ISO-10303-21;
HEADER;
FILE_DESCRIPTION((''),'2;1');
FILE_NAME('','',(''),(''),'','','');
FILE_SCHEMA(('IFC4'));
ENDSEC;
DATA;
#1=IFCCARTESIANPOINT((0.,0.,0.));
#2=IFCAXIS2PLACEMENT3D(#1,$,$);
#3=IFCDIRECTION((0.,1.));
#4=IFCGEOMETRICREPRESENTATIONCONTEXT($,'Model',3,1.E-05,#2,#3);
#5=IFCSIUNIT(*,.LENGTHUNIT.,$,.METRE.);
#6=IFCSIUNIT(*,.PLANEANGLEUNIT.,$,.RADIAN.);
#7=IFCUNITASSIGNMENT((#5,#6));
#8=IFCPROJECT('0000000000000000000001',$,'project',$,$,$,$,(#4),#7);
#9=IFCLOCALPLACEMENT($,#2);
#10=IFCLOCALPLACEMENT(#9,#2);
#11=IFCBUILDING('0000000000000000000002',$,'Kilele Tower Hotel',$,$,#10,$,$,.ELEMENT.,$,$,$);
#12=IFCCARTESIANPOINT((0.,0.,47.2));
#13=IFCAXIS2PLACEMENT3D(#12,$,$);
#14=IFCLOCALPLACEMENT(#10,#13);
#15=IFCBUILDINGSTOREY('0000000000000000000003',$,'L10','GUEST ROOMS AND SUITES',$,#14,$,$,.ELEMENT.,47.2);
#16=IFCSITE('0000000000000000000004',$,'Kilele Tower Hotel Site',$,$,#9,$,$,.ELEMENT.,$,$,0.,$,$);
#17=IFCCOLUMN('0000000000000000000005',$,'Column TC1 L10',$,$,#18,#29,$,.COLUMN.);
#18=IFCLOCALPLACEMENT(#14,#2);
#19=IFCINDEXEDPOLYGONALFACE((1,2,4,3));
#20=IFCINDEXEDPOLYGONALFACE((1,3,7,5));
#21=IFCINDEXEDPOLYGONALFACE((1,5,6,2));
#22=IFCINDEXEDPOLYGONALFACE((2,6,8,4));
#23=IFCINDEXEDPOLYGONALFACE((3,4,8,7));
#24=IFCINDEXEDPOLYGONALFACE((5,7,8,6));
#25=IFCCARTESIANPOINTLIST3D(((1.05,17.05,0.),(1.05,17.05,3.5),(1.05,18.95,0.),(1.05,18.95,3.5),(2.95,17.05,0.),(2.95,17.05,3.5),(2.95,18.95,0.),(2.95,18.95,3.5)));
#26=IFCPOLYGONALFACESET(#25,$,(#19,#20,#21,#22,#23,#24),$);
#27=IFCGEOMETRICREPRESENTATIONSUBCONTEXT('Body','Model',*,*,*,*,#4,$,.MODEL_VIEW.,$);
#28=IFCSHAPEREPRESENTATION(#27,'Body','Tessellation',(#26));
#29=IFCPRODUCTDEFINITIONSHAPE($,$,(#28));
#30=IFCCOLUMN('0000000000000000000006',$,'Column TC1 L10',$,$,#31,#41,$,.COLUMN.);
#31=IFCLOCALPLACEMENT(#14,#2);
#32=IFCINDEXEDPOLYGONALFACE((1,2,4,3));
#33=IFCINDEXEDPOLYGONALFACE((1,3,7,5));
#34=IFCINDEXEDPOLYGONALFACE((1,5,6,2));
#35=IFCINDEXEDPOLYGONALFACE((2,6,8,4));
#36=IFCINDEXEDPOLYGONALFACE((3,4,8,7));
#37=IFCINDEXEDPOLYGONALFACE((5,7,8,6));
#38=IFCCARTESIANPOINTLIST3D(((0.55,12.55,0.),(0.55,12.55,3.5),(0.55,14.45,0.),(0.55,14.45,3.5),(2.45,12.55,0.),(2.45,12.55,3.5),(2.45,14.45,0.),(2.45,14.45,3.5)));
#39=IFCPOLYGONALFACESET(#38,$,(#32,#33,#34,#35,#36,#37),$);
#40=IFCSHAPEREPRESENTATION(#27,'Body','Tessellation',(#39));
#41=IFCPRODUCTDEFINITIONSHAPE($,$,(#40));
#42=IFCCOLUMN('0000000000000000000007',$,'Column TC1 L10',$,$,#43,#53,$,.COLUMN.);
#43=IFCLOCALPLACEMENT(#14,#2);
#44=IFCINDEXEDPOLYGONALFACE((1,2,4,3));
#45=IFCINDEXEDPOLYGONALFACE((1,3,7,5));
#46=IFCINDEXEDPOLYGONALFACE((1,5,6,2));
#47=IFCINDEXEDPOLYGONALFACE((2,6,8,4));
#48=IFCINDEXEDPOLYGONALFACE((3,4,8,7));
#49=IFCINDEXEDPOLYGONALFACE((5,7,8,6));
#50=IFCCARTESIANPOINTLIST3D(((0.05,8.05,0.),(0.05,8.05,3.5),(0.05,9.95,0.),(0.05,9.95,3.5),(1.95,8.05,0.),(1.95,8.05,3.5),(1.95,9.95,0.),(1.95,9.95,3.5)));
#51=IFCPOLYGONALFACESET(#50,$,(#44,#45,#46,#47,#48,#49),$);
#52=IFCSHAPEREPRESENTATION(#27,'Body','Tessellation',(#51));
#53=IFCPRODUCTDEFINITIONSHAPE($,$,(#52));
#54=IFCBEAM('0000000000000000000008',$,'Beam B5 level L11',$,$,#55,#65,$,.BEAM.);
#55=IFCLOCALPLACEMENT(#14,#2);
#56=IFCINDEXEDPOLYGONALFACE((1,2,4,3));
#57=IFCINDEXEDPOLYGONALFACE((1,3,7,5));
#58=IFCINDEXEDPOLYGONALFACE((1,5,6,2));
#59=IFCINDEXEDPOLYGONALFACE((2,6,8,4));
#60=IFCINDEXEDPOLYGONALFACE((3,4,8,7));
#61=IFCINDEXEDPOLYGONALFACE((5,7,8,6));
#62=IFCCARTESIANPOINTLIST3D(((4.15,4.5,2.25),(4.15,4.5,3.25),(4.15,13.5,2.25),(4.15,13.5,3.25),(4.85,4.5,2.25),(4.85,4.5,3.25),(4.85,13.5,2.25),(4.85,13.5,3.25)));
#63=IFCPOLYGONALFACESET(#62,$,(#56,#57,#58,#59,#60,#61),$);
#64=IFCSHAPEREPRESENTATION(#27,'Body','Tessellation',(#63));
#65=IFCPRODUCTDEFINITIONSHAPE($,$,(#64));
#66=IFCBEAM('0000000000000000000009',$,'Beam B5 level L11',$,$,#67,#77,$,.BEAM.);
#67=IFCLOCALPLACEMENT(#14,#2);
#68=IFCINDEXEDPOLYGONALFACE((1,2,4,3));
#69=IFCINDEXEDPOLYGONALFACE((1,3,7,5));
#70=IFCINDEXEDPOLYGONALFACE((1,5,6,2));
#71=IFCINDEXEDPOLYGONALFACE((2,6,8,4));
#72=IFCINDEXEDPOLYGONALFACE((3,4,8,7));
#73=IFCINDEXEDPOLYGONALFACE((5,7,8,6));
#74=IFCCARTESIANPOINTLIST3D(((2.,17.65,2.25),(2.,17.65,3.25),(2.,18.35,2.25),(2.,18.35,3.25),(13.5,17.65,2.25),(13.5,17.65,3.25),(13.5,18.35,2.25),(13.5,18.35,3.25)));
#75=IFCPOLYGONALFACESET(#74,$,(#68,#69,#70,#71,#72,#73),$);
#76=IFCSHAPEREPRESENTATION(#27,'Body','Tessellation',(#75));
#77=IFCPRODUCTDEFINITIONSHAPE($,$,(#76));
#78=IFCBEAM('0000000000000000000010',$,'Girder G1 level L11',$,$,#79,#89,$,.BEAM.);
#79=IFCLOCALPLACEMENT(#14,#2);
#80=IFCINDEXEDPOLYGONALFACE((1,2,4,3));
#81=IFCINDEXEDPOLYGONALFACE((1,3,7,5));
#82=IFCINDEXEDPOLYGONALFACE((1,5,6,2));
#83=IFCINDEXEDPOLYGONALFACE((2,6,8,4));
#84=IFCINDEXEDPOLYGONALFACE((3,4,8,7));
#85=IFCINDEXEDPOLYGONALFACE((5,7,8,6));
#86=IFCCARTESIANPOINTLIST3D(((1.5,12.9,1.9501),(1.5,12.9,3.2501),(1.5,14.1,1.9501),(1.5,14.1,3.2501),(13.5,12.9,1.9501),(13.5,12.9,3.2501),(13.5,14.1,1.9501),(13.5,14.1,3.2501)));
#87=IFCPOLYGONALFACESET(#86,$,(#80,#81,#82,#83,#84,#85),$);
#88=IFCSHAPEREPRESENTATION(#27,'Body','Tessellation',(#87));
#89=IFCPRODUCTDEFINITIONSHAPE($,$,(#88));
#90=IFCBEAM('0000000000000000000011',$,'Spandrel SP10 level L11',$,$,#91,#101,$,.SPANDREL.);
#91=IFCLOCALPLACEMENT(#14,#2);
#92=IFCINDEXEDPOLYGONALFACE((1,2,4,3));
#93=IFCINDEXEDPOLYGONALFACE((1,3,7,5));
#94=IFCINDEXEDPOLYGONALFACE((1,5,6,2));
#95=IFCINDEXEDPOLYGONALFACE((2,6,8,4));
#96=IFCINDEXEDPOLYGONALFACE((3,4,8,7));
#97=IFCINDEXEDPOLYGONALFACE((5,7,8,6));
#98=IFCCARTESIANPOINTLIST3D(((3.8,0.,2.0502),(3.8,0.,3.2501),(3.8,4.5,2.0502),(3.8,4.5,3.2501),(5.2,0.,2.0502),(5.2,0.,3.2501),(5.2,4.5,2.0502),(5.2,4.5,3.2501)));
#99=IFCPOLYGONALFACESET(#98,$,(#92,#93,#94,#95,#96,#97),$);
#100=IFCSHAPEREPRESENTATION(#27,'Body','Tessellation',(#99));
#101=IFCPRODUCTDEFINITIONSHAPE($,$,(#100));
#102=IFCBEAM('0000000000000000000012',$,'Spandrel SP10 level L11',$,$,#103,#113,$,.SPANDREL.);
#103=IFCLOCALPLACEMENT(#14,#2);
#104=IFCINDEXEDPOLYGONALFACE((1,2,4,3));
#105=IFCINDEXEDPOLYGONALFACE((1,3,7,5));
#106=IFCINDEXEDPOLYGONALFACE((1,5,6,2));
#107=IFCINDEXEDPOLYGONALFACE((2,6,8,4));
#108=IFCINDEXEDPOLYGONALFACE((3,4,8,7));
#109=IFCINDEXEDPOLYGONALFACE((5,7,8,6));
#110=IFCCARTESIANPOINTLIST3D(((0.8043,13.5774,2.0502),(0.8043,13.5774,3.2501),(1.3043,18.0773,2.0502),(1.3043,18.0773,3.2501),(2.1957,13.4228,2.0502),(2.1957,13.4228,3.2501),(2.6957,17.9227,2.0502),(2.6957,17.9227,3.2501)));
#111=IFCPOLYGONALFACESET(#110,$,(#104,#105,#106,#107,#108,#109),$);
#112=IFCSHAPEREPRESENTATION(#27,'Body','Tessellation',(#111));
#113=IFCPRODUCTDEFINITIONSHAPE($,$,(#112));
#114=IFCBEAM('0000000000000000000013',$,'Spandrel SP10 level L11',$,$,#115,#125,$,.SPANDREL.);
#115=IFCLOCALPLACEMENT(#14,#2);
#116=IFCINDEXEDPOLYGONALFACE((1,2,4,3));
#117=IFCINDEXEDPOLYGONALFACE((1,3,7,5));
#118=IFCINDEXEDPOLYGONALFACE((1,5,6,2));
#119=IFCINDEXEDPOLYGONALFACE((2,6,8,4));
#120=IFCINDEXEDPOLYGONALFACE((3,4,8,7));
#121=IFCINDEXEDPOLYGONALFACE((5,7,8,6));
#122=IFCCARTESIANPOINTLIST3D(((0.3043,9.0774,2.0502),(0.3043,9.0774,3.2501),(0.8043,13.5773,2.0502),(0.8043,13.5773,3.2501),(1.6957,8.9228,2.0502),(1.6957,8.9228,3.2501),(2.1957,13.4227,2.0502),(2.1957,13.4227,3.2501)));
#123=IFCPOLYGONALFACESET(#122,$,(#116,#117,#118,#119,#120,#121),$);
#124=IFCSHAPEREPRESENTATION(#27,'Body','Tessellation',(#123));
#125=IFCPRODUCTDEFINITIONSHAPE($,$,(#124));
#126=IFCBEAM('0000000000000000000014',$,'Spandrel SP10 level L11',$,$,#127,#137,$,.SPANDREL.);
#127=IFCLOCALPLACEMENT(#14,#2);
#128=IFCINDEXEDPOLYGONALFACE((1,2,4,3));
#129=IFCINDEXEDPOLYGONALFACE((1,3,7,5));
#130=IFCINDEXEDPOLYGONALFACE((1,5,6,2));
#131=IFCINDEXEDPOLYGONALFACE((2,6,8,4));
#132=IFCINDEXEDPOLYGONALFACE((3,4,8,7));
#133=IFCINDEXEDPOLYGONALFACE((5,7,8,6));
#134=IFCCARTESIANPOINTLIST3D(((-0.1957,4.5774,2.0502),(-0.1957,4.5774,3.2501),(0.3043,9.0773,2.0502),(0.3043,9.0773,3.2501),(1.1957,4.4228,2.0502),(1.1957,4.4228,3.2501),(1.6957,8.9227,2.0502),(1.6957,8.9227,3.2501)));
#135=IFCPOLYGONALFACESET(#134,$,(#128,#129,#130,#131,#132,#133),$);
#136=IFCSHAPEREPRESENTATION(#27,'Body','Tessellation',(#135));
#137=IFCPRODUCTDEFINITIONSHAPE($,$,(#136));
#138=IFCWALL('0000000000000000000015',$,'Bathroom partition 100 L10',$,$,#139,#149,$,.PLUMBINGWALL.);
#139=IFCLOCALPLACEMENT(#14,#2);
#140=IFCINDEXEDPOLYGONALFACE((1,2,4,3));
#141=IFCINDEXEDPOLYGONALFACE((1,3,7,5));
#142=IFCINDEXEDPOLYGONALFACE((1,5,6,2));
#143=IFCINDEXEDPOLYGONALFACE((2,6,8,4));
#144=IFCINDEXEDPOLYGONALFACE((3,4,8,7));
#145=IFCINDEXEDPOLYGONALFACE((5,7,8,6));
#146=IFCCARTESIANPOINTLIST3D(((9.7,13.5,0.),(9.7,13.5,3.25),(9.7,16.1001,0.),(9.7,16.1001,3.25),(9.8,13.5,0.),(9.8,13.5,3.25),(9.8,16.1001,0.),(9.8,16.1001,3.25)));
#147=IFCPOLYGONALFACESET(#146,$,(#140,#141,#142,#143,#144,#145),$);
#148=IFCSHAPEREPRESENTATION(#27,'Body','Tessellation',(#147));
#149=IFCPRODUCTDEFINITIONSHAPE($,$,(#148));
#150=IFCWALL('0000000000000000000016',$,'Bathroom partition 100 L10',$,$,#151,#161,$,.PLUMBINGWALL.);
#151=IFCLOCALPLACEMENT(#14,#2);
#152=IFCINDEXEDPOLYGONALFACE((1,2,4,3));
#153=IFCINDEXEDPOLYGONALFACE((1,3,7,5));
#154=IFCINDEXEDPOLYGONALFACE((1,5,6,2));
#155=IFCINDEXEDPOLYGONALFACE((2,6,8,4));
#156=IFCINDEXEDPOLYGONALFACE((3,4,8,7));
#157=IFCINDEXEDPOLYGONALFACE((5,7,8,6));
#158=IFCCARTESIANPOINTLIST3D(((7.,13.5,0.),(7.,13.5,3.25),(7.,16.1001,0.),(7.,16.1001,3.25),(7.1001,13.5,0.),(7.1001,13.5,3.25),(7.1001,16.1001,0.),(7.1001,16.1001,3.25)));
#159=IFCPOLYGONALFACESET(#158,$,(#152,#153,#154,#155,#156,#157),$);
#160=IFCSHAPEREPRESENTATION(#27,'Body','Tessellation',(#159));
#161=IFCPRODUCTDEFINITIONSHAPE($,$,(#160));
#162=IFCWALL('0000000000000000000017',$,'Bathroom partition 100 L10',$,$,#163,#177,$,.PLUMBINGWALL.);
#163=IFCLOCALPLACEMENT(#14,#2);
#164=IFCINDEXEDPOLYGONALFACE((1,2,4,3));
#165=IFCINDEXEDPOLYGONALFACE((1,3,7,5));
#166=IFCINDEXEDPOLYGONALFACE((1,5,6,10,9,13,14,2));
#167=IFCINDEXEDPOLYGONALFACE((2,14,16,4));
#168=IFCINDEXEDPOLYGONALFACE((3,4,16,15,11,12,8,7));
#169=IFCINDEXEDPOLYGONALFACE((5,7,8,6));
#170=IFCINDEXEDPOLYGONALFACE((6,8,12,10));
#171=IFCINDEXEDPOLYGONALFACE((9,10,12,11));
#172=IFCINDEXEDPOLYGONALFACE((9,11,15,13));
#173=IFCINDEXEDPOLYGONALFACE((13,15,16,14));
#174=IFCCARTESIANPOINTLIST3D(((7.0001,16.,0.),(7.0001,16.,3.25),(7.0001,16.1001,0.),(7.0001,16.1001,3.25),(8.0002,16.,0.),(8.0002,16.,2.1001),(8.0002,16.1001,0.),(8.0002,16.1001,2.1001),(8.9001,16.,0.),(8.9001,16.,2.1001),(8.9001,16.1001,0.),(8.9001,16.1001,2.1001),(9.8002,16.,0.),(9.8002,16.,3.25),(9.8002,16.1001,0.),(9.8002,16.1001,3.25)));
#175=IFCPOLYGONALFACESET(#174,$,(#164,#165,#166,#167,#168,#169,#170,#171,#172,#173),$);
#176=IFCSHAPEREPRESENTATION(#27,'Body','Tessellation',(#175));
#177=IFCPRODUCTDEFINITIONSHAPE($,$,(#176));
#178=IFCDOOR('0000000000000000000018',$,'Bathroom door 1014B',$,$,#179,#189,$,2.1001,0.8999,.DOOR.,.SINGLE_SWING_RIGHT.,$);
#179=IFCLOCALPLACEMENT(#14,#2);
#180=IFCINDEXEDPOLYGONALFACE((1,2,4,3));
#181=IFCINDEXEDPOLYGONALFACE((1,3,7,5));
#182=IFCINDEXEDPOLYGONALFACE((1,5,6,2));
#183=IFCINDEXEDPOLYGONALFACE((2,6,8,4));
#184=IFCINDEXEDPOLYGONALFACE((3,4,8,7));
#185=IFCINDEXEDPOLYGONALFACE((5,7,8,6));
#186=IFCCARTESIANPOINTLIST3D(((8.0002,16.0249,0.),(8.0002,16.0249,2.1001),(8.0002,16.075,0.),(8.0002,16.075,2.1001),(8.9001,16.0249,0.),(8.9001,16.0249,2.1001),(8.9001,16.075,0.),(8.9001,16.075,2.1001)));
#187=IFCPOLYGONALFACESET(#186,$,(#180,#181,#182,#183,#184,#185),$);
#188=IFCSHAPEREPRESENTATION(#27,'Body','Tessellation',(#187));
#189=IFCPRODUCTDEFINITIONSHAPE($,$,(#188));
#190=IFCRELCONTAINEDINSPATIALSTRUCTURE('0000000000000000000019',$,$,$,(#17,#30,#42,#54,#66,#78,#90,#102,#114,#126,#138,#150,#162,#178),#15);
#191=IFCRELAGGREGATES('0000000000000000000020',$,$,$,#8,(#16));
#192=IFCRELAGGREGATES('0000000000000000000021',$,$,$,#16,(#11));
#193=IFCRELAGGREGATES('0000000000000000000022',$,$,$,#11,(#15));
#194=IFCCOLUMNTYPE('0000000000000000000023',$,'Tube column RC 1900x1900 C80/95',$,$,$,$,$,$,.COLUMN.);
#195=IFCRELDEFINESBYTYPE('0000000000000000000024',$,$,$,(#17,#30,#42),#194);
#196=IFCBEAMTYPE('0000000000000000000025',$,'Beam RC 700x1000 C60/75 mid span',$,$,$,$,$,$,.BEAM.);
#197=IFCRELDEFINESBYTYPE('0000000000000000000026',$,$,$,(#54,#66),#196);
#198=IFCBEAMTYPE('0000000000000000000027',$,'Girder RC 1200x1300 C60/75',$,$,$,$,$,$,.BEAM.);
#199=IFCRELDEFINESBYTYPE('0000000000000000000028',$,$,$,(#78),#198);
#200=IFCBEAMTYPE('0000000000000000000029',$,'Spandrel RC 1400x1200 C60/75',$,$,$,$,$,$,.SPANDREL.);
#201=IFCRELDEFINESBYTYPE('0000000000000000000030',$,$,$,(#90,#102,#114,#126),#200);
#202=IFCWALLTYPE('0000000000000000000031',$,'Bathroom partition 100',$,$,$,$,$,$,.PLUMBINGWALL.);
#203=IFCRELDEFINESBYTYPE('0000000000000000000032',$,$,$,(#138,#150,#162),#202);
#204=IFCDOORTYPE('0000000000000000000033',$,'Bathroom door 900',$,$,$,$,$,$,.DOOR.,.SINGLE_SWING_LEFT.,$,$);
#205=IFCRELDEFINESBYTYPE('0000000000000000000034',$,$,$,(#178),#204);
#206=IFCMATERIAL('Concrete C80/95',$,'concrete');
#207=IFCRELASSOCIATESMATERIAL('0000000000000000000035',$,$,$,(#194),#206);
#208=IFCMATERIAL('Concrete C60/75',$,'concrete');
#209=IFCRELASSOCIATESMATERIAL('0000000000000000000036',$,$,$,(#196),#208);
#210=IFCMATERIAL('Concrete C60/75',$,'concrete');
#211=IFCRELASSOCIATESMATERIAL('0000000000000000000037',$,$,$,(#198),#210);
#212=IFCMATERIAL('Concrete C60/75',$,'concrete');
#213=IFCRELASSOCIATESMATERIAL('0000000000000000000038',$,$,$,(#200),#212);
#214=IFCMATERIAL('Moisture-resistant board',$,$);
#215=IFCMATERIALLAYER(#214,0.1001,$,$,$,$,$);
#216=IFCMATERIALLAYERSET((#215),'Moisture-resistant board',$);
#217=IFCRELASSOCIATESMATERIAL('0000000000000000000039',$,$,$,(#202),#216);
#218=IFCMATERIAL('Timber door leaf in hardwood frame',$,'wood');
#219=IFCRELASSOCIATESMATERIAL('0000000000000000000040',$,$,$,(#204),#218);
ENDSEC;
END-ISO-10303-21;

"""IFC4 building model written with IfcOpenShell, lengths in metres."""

from ifc_helpers import new_model, si_unit, direction, frame, frame_2d, origin, origin_2d, place, context, subcontext, project, spatial, rectangle, extrude, material, layer, layer_set, material_profile, profile_set, type_object, element, fill, save


model = new_model("IFC4")

# Units and contexts
model_context = context("Model", 3, precision=1e-05, world=origin(), true_north=direction((0.0, 1.0)))
body_context = subcontext(model_context, "Body", "Model", "MODEL_VIEW")
ifc_project = project(units=[si_unit("LENGTHUNIT", "METRE"), si_unit("PLANEANGLEUNIT", "RADIAN")], contexts=[model_context])

# Site, building, storey
site_placement = place(None, origin())
site = spatial("IfcSite", under=ifc_project, at=site_placement, Name="Kilele Tower Hotel Site", CompositionType="ELEMENT", RefElevation=0.0)
building_placement = place(site_placement, origin())
building = spatial("IfcBuilding", under=site, at=building_placement, Name="Kilele Tower Hotel", CompositionType="ELEMENT")
storey_placement = place(building_placement, frame((0.0, 0.0, 47.2)))
storey = spatial("IfcBuildingStorey", under=building, at=storey_placement, Name="L10", Description="GUEST ROOMS AND SUITES", CompositionType="ELEMENT", Elevation=47.2)

# Columns
ifc_material_1 = material(Name="Concrete C80/95", Category="concrete")
ifc_material_profile_1 = material_profile(ifc_material_1, rectangle(XDim=1.8999, YDim=1.8999, at=origin_2d()))
ifc_profile_set_1 = profile_set([ifc_material_profile_1], Name="Concrete C80/95")
column_type = type_object("IfcColumnType", Name="Tube column RC 1900x1900 C80/95", PredefinedType="COLUMN", material=ifc_profile_set_1)
for number, where, z_axis, x_axis, name in (
    (1, (2.0, 18.0, 0.0), (0.0, 0.0, 1.0), (1.0, 0.0, 0.0), "Column TC1 L10"),
    (2, (1.5, 13.5, 0.0), (0.0, 0.0, 1.0), (1.0, 0.0, 0.0), "Column TC1 L10"),
    (3, (1.0, 9.0, 0.0), (0.0, 0.0, 1.0), (1.0, 0.0, 0.0), "Column TC1 L10"),
):
    element("IfcColumn", number, at=place(storey_placement, frame(where, z_axis=z_axis, x_axis=x_axis)), inside=storey, type_object=column_type, Name=name, PredefinedType="COLUMN", context=body_context, shape_type="SweptSolid", body=[
        extrude(rectangle(XDim=1.8999, YDim=1.8999, at=origin_2d()), origin(), (0.0, 0.0, 1.0), 3.5),
    ])

# Beams
ifc_material_2 = material(Name="Concrete C60/75", Category="concrete")
ifc_material_profile_2 = material_profile(ifc_material_2, rectangle(XDim=0.7, YDim=1.0, at=origin_2d()))
ifc_profile_set_2 = profile_set([ifc_material_profile_2], Name="Concrete C60/75")
beam_type_1 = type_object("IfcBeamType", Name="Beam RC 700x1000 C60/75 mid span", PredefinedType="BEAM", material=ifc_profile_set_2)
beam_1_placement = place(storey_placement, frame((4.5, 4.5, 2.75), z_axis=(0.0, 1.0, 0.0), x_axis=(-1.0, 0.0, 0.0)))
element("IfcBeam", 4, at=beam_1_placement, inside=storey, type_object=beam_type_1, Name="Beam B5 level L11", PredefinedType="BEAM", context=body_context, shape_type="SweptSolid", body=[
    extrude(rectangle(XDim=0.7, YDim=1.0, at=origin_2d()), origin(), (0.0, 0.0, 1.0), 9.0),
])
beam_2_placement = place(storey_placement, frame((2.0, 18.0, 2.75), z_axis=(1.0, 0.0, 0.0), x_axis=(0.0, 1.0, 0.0)))
element("IfcBeam", 5, at=beam_2_placement, inside=storey, type_object=beam_type_1, Name="Beam B5 level L11", PredefinedType="BEAM", context=body_context, shape_type="SweptSolid", body=[
    extrude(rectangle(XDim=0.7, YDim=1.0, at=origin_2d()), origin(), (0.0, 0.0, 1.0), 11.5),
])
ifc_material_3 = material(Name="Concrete C60/75", Category="concrete")
ifc_material_profile_3 = material_profile(ifc_material_3, rectangle(XDim=1.2, YDim=1.3, at=origin_2d()))
ifc_profile_set_3 = profile_set([ifc_material_profile_3], Name="Concrete C60/75")
beam_type_2 = type_object("IfcBeamType", Name="Girder RC 1200x1300 C60/75", PredefinedType="BEAM", material=ifc_profile_set_3)
beam_3_placement = place(storey_placement, frame((1.5, 13.5, 2.6001), z_axis=(1.0, 0.0, 0.0), x_axis=(0.0, 1.0, 0.0)))
element("IfcBeam", 6, at=beam_3_placement, inside=storey, type_object=beam_type_2, Name="Girder G1 level L11", PredefinedType="BEAM", context=body_context, shape_type="SweptSolid", body=[
    extrude(rectangle(XDim=1.2, YDim=1.3, at=origin_2d()), origin(), (0.0, 0.0, 1.0), 12.0),
])
ifc_material_4 = material(Name="Concrete C60/75", Category="concrete")
ifc_material_profile_4 = material_profile(ifc_material_4, rectangle(XDim=1.3999, YDim=1.2, at=origin_2d()))
ifc_profile_set_4 = profile_set([ifc_material_profile_4], Name="Concrete C60/75")
beam_type_3 = type_object("IfcBeamType", Name="Spandrel RC 1400x1200 C60/75", PredefinedType="SPANDREL", material=ifc_profile_set_4)
beam_4_placement = place(storey_placement, frame((4.5, 4.5, 2.6501), z_axis=(0.0, -1.0, 0.0), x_axis=(1.0, 0.0, 0.0)))
element("IfcBeam", 7, at=beam_4_placement, inside=storey, type_object=beam_type_3, Name="Spandrel SP10 level L11", PredefinedType="SPANDREL", context=body_context, shape_type="SweptSolid", body=[
    extrude(rectangle(XDim=1.3999, YDim=1.2, at=origin_2d()), origin(), (0.0, 0.0, 1.0), 4.5),
])
for number, where, z_axis, x_axis, name in (
    (8, (2.0, 18.0, 2.6501), (-0.110432, -0.993884, 0.0), (0.993884, -0.110432, 0.0), "Spandrel SP10 level L11"),
    (9, (1.5, 13.5, 2.6501), (-0.110432, -0.993884, 0.0), (0.993884, -0.110432, 0.0), "Spandrel SP10 level L11"),
    (10, (1.0, 9.0, 2.6501), (-0.110432, -0.993884, 0.0), (0.993884, -0.110432, 0.0), "Spandrel SP10 level L11"),
):
    element("IfcBeam", number, at=place(storey_placement, frame(where, z_axis=z_axis, x_axis=x_axis)), inside=storey, type_object=beam_type_3, Name=name, PredefinedType="SPANDREL", context=body_context, shape_type="SweptSolid", body=[
        extrude(rectangle(XDim=1.3999, YDim=1.2, at=origin_2d()), origin(), (0.0, 0.0, 1.0), 4.5276),
    ])

# Walls
ifc_material_5 = material(Name="Moisture-resistant board")
ifc_layer_1 = layer(ifc_material_5, 0.1001)
ifc_layer_set_1 = layer_set([ifc_layer_1], Name="Moisture-resistant board")
wall_type_1 = type_object("IfcWallType", Name="Bathroom partition 100", PredefinedType="PLUMBINGWALL", material=ifc_layer_set_1)
for number, where, z_axis, x_axis, name in (
    (11, (9.75, 13.5, 0.0), (0.0, 0.0, 1.0), (0.0, 1.0, 0.0), "Bathroom partition 100 L10"),
    (12, (7.05, 13.5, 0.0), (0.0, 0.0, 1.0), (0.0, 1.0, 0.0), "Bathroom partition 100 L10"),
):
    element("IfcWall", number, at=place(storey_placement, frame(where, z_axis=z_axis, x_axis=x_axis)), inside=storey, type_object=wall_type_1, Name=name, PredefinedType="PLUMBINGWALL", context=body_context, shape_type="SweptSolid", body=[
        extrude(rectangle(XDim=2.6001, YDim=0.1001, at=frame_2d((1.3, 0.0))), origin(), (0.0, 0.0, 1.0), 3.25),
    ])

# Wall, opening, door
wall_1_placement = place(storey_placement, frame((9.8, 16.05, 0.0), z_axis=(0.0, 0.0, 1.0), x_axis=(-1.0, 0.0, 0.0)))
wall_1 = element("IfcWall", 13, at=wall_1_placement, inside=storey, type_object=wall_type_1, Name="Bathroom partition 100 L10", PredefinedType="PLUMBINGWALL", context=body_context, shape_type="SweptSolid", body=[
    extrude(rectangle(XDim=2.8, YDim=0.1001, at=frame_2d((1.3999, 0.0))), origin(), (0.0, 0.0, 1.0), 3.25),
])
opening_1_placement = place(wall_1_placement, frame((1.7998, 0.0, 0.0), z_axis=(0.0, 0.0, 1.0), x_axis=(-1.0, 0.0, 0.0)))
opening_1 = element("IfcOpeningElement", 14, at=opening_1_placement, cuts=wall_1, PredefinedType="OPENING", context=body_context, shape_type="SweptSolid", body=[
    extrude(rectangle(XDim=0.8999, YDim=2.1001, at=frame_2d((0.45, 1.05))), frame((0.0, 0.0601, 0.0), z_axis=(0.0, -1.0, 0.0), x_axis=(1.0, 0.0, 0.0)), (0.0, 0.0, 1.0), 0.1201),
])
ifc_material_6 = material(Name="Timber door leaf in hardwood frame", Category="wood")
door_type_1 = type_object("IfcDoorType", Name="Bathroom door 900", OperationType="SINGLE_SWING_LEFT", PredefinedType="DOOR", material=ifc_material_6)
door_1_placement = place(opening_1_placement, origin())
door_1 = element("IfcDoor", 15, at=door_1_placement, inside=storey, type_object=door_type_1, Name="Bathroom door 1014B", OperationType="SINGLE_SWING_RIGHT", OverallHeight=2.1001, OverallWidth=0.8999, PredefinedType="DOOR", context=body_context, shape_type="SweptSolid", body=[
    extrude(rectangle(XDim=0.8999, YDim=2.1001, at=frame_2d((0.45, 1.05))), frame((0.0, 0.0249, 0.0), z_axis=(0.0, -1.0, 0.0), x_axis=(1.0, 0.0, 0.0)), (0.0, 0.0, 1.0), 0.05),
])
fill(opening_1, door_1)

save(model, "model.ifc")
